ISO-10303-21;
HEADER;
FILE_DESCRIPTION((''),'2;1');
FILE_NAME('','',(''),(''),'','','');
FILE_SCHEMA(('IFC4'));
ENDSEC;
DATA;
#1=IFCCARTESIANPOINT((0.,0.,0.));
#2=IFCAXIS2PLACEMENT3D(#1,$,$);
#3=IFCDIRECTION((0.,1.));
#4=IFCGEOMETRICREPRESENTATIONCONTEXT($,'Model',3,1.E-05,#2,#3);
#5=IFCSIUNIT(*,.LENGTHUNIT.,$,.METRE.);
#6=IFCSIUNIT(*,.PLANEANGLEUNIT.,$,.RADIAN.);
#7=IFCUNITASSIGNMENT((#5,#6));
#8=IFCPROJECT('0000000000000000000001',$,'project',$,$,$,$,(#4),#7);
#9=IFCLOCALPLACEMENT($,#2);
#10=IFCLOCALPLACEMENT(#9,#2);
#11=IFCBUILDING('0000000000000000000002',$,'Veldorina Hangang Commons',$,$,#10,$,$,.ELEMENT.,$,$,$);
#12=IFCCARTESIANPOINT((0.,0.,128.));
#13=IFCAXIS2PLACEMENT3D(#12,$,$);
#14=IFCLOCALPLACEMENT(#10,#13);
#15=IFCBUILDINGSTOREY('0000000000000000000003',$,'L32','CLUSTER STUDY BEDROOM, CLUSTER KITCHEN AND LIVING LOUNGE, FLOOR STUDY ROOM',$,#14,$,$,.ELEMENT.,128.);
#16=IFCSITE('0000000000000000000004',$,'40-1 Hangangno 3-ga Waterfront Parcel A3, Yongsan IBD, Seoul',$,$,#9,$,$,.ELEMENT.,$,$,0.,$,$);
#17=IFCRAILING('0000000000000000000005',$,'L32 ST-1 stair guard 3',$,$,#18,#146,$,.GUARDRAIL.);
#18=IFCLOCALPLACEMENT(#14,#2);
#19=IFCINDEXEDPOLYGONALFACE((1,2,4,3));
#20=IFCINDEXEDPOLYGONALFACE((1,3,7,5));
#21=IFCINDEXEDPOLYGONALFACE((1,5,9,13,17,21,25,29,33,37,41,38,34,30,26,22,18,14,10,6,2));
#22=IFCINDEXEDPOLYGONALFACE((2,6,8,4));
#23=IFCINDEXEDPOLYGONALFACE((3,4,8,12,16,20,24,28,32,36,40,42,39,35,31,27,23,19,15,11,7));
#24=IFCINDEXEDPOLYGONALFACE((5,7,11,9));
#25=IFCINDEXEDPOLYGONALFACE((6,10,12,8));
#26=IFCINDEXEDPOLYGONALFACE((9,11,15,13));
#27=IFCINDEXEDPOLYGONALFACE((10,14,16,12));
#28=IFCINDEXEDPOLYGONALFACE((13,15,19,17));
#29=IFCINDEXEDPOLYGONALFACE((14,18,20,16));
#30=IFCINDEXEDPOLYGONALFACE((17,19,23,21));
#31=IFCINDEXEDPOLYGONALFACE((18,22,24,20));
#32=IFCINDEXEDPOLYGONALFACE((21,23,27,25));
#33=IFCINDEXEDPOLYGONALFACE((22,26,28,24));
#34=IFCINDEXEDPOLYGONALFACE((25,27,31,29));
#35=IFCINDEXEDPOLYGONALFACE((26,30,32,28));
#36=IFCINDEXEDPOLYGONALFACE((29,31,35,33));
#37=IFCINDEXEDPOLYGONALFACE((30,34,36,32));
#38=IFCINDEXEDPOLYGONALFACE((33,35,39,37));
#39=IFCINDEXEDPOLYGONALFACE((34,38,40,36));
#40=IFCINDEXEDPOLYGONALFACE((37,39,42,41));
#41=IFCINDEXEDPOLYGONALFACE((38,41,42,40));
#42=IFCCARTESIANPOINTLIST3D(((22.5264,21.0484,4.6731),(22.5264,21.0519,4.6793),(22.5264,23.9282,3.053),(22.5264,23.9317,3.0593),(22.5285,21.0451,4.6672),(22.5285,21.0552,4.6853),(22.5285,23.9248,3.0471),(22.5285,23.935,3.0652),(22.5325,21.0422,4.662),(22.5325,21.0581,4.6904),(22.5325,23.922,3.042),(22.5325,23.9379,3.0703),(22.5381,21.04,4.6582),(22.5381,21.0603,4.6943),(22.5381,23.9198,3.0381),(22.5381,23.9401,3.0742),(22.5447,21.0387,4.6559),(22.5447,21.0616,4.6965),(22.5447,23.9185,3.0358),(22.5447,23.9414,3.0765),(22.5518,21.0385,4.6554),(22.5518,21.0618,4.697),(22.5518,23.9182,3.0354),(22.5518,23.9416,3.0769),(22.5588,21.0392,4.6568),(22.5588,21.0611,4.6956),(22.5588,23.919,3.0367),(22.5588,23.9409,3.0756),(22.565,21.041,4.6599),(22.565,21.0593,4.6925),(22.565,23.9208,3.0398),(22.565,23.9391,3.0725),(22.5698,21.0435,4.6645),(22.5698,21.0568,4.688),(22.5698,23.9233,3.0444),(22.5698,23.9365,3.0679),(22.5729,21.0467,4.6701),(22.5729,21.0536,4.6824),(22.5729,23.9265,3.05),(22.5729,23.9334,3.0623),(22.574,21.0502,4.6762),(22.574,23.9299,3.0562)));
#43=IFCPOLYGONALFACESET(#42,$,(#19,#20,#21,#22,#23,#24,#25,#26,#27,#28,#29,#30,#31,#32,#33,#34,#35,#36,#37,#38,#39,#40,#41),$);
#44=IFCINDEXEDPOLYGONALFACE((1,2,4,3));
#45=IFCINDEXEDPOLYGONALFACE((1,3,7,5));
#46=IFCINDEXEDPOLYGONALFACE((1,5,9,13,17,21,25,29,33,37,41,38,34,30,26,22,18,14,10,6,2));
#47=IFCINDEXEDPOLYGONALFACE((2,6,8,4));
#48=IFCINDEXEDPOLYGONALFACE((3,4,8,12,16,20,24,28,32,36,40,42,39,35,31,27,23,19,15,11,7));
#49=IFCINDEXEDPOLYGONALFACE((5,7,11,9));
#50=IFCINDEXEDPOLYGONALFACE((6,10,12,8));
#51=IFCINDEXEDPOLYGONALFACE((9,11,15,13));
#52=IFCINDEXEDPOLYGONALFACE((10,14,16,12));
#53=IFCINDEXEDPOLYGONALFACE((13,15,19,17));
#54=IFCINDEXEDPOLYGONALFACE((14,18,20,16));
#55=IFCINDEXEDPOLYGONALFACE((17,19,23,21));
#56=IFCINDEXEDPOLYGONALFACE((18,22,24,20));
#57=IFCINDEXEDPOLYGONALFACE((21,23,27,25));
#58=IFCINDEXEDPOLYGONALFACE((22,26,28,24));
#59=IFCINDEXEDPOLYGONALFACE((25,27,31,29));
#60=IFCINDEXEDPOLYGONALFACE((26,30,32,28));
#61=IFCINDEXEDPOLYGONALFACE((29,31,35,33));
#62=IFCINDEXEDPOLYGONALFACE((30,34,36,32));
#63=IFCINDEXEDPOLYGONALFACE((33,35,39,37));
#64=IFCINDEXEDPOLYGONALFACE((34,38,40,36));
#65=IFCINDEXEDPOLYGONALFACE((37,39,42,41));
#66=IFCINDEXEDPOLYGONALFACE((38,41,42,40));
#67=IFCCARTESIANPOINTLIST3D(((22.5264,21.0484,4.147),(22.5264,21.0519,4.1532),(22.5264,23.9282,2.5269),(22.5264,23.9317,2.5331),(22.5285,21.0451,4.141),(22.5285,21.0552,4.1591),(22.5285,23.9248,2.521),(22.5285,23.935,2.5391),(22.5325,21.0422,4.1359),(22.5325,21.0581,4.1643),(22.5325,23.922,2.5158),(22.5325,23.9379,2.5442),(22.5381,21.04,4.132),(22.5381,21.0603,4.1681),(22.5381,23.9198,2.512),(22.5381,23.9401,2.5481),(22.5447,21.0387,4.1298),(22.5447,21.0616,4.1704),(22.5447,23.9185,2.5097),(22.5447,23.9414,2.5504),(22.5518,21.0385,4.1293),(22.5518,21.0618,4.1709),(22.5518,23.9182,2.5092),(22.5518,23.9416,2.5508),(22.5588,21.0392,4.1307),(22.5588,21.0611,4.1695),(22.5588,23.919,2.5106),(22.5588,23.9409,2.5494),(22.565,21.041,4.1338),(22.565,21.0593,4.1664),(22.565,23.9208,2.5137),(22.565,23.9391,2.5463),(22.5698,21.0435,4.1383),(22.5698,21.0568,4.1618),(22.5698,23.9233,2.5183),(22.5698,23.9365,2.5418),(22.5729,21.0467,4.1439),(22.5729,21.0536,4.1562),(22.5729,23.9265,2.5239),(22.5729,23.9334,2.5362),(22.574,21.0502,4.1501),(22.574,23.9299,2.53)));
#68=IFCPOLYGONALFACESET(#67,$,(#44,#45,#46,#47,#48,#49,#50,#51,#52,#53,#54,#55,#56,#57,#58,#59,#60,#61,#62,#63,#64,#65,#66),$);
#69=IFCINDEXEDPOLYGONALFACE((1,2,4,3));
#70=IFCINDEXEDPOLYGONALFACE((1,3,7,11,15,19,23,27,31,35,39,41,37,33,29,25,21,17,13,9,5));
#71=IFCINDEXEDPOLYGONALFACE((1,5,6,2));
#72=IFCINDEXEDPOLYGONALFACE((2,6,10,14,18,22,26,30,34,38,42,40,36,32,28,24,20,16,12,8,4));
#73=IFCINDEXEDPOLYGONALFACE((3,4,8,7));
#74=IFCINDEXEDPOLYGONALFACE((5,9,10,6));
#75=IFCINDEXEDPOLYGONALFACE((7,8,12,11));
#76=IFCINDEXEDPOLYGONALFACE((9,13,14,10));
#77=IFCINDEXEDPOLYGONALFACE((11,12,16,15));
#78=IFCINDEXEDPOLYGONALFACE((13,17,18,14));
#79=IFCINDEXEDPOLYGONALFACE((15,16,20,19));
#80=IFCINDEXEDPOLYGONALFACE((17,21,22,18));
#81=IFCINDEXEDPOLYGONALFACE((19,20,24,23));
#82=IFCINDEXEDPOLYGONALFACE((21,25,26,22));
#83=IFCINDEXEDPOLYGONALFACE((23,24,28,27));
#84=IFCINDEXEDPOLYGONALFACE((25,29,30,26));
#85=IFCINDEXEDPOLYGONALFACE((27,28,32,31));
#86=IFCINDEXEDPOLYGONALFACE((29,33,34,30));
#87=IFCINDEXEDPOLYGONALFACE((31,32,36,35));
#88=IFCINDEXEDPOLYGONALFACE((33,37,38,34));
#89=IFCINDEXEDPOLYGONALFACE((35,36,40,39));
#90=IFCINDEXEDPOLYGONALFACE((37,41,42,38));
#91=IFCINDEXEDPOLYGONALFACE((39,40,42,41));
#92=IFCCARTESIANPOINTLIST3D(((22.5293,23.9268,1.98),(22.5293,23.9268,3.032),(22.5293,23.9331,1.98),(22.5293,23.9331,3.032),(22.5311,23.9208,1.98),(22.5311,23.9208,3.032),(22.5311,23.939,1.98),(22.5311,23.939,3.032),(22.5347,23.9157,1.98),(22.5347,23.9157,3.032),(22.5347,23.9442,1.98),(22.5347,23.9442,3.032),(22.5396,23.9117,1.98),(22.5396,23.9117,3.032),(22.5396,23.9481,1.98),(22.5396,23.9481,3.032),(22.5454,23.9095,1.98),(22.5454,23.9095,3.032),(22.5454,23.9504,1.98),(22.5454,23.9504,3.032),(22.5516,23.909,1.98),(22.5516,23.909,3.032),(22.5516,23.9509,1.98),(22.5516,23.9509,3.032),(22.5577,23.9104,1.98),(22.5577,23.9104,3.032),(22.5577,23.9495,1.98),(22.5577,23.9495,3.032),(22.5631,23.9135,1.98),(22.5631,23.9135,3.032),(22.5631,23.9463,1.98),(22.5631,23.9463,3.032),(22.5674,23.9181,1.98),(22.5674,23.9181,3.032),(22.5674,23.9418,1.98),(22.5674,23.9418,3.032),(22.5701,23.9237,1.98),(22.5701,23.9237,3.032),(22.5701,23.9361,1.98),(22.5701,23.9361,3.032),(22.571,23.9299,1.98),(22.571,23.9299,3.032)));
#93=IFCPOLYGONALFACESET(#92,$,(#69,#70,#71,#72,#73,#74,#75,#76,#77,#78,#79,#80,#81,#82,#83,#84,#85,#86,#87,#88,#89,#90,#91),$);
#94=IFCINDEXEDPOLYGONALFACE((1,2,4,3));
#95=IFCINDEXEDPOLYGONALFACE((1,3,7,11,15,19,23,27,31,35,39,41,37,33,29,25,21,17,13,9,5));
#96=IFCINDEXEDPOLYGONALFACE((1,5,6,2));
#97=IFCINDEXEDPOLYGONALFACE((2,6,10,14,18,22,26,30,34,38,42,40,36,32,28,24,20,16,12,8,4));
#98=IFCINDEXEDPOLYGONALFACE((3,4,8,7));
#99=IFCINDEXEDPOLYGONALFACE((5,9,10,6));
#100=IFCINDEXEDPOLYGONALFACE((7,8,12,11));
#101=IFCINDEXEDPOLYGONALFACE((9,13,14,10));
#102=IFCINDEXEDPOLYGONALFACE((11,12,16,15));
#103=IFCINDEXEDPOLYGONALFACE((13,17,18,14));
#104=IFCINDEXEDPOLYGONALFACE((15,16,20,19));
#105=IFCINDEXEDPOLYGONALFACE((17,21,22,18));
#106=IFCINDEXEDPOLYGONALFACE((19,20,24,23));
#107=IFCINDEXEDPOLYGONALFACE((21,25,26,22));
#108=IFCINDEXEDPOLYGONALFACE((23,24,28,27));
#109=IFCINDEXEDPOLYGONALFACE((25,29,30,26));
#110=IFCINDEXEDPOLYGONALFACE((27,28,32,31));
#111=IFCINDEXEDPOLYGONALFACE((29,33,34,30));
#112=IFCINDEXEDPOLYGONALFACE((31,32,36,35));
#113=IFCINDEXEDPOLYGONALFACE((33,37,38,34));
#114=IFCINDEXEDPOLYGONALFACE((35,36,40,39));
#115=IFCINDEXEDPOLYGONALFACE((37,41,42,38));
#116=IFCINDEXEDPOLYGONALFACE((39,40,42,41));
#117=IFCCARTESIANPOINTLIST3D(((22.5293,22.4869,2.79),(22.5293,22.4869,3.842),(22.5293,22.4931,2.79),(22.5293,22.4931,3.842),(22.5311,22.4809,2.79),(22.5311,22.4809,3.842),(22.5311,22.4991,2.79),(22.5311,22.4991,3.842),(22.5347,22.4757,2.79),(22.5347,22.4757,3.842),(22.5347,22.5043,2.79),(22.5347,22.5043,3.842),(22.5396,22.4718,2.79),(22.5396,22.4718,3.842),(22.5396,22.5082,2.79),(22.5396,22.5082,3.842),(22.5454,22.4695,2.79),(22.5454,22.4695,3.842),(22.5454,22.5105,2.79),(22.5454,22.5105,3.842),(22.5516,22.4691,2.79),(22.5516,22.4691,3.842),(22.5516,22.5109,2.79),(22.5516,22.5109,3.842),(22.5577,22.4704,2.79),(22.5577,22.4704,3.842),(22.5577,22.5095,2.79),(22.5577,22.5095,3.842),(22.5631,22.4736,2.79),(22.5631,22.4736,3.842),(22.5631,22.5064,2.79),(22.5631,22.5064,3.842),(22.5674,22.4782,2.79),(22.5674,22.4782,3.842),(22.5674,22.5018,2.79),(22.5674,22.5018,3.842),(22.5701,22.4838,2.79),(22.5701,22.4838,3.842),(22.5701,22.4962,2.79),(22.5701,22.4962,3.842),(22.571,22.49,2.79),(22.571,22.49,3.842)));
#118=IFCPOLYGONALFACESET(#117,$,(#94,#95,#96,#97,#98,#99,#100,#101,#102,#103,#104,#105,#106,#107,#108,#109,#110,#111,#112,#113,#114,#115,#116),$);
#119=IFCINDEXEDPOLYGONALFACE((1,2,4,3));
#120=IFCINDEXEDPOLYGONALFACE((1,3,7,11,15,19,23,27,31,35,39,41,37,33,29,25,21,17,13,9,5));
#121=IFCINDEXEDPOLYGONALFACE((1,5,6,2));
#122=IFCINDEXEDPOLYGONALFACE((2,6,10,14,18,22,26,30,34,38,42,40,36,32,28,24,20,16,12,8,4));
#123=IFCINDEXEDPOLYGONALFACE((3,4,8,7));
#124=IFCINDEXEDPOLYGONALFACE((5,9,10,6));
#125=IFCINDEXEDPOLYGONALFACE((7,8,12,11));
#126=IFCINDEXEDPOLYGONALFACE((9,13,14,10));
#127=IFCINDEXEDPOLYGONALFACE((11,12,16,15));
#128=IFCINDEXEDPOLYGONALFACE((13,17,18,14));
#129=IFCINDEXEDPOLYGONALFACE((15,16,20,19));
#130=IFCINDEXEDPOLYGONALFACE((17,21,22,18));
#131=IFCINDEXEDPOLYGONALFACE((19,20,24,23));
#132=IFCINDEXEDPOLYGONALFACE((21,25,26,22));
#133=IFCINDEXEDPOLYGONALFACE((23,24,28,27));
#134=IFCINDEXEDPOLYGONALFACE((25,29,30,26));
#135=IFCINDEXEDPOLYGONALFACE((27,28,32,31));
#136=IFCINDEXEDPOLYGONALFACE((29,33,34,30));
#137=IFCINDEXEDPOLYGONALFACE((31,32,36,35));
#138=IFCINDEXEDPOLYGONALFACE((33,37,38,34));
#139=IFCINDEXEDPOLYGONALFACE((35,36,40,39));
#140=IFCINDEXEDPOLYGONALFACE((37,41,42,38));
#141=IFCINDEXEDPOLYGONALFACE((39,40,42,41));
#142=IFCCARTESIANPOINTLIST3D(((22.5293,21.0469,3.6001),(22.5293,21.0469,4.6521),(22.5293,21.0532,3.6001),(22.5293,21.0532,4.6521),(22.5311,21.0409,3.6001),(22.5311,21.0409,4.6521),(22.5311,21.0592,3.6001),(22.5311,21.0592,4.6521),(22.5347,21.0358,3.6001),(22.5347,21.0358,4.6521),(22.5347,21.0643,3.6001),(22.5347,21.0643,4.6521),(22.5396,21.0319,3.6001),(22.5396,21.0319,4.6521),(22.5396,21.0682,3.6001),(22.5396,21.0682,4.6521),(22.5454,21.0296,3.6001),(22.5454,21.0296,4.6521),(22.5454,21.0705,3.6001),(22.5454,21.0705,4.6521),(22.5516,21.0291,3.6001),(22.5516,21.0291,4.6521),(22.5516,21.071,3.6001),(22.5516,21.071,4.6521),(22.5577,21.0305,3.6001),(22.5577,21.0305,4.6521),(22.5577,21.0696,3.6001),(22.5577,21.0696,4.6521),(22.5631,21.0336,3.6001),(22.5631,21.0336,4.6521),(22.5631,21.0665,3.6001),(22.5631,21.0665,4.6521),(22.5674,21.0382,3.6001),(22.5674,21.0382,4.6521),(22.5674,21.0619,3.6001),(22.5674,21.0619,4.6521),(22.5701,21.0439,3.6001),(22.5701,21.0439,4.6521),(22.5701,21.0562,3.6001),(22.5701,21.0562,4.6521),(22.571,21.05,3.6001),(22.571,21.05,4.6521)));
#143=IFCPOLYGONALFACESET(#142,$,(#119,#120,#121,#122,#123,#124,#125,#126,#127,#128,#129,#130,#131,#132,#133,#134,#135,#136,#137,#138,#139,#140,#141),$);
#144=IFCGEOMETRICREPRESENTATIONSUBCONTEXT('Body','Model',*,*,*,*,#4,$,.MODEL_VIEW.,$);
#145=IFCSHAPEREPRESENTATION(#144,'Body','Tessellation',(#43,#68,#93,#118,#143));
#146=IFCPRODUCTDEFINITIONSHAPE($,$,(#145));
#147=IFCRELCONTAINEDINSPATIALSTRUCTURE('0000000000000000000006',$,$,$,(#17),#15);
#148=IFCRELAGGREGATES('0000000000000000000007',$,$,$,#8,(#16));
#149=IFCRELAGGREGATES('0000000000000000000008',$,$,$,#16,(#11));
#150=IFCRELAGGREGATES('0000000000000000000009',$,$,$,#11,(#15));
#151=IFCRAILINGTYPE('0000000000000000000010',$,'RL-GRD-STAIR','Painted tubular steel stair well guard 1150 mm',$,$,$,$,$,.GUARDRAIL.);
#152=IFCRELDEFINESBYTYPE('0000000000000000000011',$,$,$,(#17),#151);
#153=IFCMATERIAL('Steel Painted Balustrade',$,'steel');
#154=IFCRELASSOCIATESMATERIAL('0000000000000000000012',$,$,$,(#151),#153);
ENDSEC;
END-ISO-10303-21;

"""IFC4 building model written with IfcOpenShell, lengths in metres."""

from ifc_helpers import new_model, si_unit, direction, frame, origin, origin_2d, place, context, subcontext, project, spatial, circle, extrude, material, type_object, element, save


model = new_model("IFC4")

# Units and contexts
model_context = context("Model", 3, precision=1e-05, world=origin(), true_north=direction((0.0, 1.0)))
body_context = subcontext(model_context, "Body", "Model", "MODEL_VIEW")
ifc_project = project(units=[si_unit("LENGTHUNIT", "METRE"), si_unit("PLANEANGLEUNIT", "RADIAN")], contexts=[model_context])

# Site, building, storey
site_placement = place(None, origin())
site = spatial("IfcSite", under=ifc_project, at=site_placement, Name="40-1 Hangangno 3-ga Waterfront Parcel A3, Yongsan IBD, Seoul", CompositionType="ELEMENT", RefElevation=0.0)
building_placement = place(site_placement, origin())
building = spatial("IfcBuilding", under=site, at=building_placement, Name="Veldorina Hangang Commons", CompositionType="ELEMENT")
storey_placement = place(building_placement, frame((0.0, 0.0, 128.0)))
storey = spatial("IfcBuildingStorey", under=building, at=storey_placement, Name="L32", Description="CLUSTER STUDY BEDROOM, CLUSTER KITCHEN AND LIVING LOUNGE, FLOOR STUDY ROOM", CompositionType="ELEMENT", Elevation=128.0)

# Railing
ifc_material_1 = material(Name="Steel Painted Balustrade", Category="steel")
railing_type_1 = type_object("IfcRailingType", Name="RL-GRD-STAIR", Description="Painted tubular steel stair well guard 1150 mm", PredefinedType="GUARDRAIL", material=ifc_material_1)
railing_1_placement = place(storey_placement, frame((22.55, 23.9299, 1.98)))
element("IfcRailing", 1, at=railing_1_placement, inside=storey, type_object=railing_type_1, Name="L32 ST-1 stair guard 3", PredefinedType="GUARDRAIL", context=body_context, shape_type="SweptSolid", body=[
    extrude(circle(Radius=0.0239, at=origin_2d()), frame((0.0, 0.0, 1.0762), z_axis=(0.0, -0.871552, 0.490303), x_axis=(1.0, 0.0, 0.0)), (0.0, 0.0, 1.0), 3.3042),
    extrude(circle(Radius=0.0239, at=origin_2d()), frame((0.0, 0.0, 0.55), z_axis=(0.0, -0.871552, 0.490303), x_axis=(1.0, 0.0, 0.0)), (0.0, 0.0, 1.0), 3.3042),
    extrude(circle(Radius=0.021, at=origin_2d()), origin(), (0.0, 0.0, 1.0), 1.052),
    extrude(circle(Radius=0.021, at=origin_2d()), frame((0.0, -1.4399, 0.8101)), (0.0, 0.0, 1.0), 1.052),
    extrude(circle(Radius=0.021, at=origin_2d()), frame((0.0, -2.8799, 1.6201)), (0.0, 0.0, 1.0), 1.052),
])

save(model, "model.ifc")
